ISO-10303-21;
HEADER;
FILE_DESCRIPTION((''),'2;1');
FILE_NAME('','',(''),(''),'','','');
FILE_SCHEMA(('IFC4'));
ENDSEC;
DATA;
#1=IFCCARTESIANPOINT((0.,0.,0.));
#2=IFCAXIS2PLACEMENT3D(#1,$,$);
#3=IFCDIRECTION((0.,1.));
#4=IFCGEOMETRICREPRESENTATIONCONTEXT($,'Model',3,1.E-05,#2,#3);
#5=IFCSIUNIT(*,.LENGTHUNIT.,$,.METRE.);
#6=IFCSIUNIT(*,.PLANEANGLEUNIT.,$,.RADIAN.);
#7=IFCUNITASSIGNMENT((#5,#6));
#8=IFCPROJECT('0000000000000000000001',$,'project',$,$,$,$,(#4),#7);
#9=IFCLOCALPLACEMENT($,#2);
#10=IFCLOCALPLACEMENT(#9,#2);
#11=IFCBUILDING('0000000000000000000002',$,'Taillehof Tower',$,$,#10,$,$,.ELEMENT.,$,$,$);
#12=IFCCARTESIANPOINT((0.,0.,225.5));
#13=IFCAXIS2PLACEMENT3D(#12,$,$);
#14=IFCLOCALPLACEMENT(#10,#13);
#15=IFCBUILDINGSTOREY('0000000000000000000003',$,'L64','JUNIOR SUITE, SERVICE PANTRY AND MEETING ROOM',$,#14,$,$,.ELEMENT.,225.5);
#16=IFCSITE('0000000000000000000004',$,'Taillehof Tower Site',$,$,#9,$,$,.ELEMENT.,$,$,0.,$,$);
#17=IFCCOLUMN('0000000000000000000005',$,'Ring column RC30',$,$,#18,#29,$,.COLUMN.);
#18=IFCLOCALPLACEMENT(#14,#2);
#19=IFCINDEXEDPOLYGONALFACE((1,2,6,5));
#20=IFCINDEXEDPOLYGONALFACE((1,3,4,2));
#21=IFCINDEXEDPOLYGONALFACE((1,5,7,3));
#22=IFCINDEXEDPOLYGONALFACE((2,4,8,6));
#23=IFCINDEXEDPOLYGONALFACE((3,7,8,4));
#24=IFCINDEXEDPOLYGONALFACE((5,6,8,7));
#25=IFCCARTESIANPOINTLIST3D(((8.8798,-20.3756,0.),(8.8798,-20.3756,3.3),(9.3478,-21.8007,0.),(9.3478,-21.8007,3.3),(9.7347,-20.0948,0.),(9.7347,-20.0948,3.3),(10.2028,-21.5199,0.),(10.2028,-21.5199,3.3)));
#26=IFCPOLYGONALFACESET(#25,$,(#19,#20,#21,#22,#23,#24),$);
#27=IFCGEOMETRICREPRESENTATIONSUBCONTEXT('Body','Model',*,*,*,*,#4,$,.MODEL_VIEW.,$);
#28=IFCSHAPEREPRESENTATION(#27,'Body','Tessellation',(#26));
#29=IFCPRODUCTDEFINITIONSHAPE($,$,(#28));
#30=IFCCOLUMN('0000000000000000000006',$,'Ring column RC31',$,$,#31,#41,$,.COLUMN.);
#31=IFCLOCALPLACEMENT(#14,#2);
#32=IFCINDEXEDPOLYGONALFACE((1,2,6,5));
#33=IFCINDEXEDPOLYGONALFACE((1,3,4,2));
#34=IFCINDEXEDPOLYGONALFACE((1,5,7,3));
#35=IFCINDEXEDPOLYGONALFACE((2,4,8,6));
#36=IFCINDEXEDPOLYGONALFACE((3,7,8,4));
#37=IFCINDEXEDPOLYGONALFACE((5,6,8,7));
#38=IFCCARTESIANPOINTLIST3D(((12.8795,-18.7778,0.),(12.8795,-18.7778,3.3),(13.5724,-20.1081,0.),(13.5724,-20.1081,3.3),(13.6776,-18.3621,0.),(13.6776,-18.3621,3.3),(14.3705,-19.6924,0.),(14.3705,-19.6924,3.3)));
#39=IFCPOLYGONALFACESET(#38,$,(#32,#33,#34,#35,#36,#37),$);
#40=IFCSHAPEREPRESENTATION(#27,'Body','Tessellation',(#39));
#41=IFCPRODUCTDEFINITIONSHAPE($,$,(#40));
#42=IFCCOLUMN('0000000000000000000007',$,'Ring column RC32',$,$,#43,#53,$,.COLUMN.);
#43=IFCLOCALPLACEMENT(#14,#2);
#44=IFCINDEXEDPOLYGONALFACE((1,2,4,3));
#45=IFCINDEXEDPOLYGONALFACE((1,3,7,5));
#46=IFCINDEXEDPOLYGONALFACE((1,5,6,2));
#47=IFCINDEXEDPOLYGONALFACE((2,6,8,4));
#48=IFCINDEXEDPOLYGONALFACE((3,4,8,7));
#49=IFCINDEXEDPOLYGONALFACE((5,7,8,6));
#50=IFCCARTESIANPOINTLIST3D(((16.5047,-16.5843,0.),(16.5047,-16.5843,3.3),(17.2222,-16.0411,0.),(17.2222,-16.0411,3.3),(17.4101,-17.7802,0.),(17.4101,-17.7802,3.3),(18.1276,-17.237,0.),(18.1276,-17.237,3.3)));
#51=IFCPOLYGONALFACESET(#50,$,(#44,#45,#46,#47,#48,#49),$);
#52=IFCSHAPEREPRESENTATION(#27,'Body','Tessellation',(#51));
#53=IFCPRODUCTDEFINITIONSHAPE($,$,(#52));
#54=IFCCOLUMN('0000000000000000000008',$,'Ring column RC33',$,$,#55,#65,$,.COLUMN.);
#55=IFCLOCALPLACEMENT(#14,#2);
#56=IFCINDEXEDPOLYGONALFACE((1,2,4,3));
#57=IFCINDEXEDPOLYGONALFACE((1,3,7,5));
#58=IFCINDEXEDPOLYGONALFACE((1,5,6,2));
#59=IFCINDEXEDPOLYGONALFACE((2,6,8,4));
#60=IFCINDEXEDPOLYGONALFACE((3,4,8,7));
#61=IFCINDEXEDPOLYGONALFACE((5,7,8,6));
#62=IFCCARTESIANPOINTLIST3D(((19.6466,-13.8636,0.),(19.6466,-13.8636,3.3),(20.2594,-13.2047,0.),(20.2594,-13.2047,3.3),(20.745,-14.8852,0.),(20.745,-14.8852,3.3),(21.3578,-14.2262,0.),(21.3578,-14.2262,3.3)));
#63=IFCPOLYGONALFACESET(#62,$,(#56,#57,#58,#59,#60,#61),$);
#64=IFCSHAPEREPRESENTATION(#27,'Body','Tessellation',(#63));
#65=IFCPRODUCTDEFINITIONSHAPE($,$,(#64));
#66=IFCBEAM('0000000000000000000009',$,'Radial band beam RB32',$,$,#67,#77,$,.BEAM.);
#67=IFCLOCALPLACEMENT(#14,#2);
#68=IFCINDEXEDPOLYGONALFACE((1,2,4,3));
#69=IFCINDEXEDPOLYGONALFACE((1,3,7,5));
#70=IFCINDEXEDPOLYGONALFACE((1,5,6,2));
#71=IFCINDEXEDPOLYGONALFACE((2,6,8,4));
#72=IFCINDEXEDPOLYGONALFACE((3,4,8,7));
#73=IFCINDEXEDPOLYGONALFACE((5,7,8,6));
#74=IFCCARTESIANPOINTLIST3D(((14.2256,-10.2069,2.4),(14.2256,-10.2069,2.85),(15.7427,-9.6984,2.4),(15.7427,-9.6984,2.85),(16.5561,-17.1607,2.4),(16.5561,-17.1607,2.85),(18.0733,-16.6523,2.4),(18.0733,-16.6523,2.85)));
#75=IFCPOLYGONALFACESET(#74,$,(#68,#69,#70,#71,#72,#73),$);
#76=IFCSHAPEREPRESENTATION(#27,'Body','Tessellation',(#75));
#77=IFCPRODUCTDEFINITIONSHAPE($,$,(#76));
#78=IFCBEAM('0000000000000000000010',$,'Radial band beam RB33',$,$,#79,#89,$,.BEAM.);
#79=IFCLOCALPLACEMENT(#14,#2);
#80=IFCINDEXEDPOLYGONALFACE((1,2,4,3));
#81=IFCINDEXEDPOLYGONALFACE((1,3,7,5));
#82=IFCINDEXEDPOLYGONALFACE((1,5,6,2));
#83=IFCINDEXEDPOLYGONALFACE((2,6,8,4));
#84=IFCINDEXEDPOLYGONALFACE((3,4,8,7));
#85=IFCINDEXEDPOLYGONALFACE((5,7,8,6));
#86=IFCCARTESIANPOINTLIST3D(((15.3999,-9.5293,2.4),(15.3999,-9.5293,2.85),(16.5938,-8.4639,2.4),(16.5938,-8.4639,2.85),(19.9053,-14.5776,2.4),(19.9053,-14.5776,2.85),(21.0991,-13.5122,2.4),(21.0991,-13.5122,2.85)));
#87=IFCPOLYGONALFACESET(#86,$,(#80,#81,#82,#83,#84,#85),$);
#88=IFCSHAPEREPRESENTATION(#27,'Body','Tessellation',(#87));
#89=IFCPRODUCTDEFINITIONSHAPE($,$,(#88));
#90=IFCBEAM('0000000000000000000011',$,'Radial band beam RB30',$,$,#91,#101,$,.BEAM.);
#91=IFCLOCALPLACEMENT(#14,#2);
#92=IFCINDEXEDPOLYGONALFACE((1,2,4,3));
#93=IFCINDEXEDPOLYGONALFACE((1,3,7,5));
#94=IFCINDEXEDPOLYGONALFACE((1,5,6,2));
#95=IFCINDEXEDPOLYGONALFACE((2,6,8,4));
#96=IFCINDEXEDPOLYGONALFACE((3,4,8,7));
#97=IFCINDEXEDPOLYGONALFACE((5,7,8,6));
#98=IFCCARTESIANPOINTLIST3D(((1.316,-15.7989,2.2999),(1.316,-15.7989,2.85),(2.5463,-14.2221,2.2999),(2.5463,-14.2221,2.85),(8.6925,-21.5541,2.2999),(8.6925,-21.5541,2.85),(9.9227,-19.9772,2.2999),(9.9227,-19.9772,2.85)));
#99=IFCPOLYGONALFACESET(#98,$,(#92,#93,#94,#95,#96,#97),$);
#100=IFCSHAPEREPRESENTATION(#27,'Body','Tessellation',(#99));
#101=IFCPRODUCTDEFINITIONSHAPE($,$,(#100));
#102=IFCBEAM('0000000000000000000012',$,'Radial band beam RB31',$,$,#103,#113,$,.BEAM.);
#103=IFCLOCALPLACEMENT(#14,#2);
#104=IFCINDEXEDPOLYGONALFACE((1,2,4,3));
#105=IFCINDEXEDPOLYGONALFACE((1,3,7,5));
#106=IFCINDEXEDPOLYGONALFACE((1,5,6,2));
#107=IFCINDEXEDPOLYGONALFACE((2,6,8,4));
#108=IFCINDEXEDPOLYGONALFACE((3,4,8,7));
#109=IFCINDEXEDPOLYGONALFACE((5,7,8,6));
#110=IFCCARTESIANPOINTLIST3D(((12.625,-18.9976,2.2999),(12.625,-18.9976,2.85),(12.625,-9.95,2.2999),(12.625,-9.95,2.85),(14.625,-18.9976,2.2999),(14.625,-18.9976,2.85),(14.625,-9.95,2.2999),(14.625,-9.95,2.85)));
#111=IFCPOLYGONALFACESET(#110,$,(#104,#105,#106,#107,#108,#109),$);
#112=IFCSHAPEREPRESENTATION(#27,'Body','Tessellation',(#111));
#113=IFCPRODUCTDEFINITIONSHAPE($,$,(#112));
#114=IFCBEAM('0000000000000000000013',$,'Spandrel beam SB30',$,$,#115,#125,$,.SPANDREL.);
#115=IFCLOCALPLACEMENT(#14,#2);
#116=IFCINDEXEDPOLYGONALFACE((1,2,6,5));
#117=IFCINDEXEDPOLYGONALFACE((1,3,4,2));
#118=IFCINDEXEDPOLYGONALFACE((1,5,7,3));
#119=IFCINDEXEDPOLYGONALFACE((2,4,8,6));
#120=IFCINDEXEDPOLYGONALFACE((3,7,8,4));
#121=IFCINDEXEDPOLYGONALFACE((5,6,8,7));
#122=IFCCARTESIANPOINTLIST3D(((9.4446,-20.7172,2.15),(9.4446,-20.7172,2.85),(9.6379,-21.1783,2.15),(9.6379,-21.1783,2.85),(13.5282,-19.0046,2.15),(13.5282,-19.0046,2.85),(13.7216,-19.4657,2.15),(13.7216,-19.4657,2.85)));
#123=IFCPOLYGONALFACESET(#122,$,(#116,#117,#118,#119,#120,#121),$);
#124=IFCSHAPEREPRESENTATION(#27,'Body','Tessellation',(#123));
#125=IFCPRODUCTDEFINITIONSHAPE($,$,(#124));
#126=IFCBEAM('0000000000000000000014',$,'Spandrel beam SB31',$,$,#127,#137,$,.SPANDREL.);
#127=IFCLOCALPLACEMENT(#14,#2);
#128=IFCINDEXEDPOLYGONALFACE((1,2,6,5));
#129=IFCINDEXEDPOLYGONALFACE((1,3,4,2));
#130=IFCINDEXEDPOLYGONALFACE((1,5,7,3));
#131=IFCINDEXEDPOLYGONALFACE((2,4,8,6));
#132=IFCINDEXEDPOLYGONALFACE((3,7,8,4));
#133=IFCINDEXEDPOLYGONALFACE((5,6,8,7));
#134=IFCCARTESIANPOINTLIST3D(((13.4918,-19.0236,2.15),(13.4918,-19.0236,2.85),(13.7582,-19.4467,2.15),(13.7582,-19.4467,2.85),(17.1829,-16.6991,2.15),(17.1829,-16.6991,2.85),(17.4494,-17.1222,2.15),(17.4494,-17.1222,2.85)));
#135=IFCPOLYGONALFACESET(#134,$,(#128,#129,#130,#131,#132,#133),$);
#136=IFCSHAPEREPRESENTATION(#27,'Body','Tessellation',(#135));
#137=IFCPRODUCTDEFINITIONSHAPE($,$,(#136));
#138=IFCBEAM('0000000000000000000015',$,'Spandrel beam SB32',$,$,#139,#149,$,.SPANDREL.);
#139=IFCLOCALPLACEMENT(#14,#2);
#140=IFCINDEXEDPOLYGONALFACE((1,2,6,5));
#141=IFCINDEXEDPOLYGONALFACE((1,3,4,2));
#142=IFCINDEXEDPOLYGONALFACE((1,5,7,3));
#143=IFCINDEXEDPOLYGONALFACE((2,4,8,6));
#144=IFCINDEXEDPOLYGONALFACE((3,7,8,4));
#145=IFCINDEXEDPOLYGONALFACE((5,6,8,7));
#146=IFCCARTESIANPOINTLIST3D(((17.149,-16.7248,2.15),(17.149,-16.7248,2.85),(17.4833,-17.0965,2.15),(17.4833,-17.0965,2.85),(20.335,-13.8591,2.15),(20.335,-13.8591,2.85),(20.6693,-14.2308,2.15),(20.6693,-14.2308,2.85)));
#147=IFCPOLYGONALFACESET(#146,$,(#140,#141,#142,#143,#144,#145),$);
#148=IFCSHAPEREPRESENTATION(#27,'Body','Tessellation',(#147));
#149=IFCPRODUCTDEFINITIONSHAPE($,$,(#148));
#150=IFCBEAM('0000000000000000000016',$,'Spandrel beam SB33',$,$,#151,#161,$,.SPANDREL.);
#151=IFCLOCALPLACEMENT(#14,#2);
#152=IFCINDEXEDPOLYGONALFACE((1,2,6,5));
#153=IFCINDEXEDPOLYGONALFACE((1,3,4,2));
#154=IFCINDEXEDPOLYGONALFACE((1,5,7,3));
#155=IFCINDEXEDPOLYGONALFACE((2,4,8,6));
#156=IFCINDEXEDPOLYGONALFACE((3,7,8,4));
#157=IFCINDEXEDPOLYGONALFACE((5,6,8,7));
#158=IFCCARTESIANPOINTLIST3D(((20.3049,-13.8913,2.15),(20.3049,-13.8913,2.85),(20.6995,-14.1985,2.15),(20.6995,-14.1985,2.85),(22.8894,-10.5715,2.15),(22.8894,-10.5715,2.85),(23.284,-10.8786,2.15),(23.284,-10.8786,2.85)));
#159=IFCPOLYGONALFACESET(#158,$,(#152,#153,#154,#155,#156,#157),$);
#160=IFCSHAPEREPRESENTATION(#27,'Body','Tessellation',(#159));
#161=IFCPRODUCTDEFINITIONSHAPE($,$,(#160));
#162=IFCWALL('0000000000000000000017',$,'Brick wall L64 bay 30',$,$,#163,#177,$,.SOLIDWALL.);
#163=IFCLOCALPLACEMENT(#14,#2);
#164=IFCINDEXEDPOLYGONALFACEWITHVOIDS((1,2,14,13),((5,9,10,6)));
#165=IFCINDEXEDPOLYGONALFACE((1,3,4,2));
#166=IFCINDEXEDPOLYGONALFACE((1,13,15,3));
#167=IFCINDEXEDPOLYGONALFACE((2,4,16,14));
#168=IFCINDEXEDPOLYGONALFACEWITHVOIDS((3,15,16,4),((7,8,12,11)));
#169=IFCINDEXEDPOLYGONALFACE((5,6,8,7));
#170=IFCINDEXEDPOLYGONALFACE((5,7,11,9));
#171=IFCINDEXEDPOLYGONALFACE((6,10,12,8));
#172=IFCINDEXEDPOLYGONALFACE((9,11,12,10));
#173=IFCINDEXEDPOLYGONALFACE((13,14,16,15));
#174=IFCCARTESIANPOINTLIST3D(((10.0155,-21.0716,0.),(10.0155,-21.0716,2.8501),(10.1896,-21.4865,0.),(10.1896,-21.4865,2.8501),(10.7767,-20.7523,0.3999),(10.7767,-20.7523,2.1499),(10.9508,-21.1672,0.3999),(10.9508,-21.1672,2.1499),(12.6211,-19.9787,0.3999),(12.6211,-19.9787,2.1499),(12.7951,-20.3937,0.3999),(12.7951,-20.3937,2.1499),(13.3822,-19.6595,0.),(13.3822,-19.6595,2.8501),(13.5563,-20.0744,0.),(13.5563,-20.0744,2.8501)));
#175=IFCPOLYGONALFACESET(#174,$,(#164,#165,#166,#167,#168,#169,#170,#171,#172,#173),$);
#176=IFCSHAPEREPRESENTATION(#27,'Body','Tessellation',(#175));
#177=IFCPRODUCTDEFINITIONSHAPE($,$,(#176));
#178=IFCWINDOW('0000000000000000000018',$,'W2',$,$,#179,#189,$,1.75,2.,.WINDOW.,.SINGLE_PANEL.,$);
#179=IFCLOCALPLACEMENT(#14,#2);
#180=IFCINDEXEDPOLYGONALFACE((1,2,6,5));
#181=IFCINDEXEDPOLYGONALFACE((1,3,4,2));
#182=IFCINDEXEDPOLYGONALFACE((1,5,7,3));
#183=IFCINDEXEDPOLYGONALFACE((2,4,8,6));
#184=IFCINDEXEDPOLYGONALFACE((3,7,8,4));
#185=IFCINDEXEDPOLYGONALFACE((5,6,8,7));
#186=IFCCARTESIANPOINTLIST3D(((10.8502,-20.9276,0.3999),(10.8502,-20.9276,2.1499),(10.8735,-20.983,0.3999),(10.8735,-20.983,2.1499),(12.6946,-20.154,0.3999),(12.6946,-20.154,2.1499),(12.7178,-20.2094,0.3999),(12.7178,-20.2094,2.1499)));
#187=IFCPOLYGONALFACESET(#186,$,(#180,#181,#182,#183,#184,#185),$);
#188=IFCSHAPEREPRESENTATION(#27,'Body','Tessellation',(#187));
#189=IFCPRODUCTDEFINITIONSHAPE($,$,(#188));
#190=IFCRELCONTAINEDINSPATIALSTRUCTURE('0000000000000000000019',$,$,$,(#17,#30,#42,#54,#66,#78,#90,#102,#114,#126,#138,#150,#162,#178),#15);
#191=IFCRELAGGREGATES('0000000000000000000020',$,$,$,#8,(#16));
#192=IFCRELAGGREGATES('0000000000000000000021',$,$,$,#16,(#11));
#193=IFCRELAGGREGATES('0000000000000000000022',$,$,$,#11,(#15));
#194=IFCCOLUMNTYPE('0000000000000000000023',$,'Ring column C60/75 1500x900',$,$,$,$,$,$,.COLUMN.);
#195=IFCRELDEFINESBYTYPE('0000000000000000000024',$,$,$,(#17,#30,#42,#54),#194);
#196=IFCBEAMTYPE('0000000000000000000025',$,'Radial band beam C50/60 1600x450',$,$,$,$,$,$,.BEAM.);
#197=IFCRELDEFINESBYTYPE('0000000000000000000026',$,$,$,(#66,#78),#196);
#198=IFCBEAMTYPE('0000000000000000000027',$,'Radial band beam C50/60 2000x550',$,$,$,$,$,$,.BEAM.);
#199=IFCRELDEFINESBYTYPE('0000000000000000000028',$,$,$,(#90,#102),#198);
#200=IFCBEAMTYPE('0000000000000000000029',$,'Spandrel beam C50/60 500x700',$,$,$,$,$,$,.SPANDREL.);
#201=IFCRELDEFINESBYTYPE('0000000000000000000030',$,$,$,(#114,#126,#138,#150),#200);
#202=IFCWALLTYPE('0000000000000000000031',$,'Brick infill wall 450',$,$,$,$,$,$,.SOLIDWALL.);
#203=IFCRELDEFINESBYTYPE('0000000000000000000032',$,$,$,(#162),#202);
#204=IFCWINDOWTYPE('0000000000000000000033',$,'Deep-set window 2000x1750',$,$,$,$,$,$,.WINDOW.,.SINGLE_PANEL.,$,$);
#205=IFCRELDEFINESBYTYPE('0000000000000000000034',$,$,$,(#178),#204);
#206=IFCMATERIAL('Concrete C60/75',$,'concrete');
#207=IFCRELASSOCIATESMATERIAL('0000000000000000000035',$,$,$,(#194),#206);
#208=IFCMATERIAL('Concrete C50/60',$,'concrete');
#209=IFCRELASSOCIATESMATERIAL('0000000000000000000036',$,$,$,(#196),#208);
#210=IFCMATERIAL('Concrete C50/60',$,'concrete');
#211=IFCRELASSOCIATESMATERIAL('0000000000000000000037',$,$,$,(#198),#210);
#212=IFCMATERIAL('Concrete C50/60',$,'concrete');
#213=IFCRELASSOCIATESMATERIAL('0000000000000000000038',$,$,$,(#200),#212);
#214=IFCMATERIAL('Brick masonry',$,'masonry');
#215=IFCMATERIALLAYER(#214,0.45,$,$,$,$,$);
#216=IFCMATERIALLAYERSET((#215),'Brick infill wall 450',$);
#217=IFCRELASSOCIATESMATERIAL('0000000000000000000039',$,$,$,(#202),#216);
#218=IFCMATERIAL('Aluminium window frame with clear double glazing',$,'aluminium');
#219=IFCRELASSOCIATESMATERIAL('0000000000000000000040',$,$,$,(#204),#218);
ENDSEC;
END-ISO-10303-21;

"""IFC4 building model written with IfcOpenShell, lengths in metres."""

from ifc_helpers import new_model, si_unit, direction, frame, frame_2d, origin, origin_2d, place, context, subcontext, project, spatial, rectangle, extrude, material, layer, layer_set, material_profile, profile_set, type_object, element, fill, save


model = new_model("IFC4")

# Units and contexts
model_context = context("Model", 3, precision=1e-05, world=origin(), true_north=direction((0.0, 1.0)))
body_context = subcontext(model_context, "Body", "Model", "MODEL_VIEW")
ifc_project = project(units=[si_unit("LENGTHUNIT", "METRE"), si_unit("PLANEANGLEUNIT", "RADIAN")], contexts=[model_context])

# Site, building, storey
site_placement = place(None, origin())
site = spatial("IfcSite", under=ifc_project, at=site_placement, Name="Taillehof Tower Site", CompositionType="ELEMENT", RefElevation=0.0)
building_placement = place(site_placement, origin())
building = spatial("IfcBuilding", under=site, at=building_placement, Name="Taillehof Tower", CompositionType="ELEMENT")
storey_placement = place(building_placement, frame((0.0, 0.0, 225.5)))
storey = spatial("IfcBuildingStorey", under=building, at=storey_placement, Name="L64", Description="JUNIOR SUITE, SERVICE PANTRY AND MEETING ROOM", CompositionType="ELEMENT", Elevation=225.5)

# Columns
ifc_material_1 = material(Name="Concrete C60/75", Category="concrete")
ifc_material_profile_1 = material_profile(ifc_material_1, rectangle(XDim=1.5, YDim=0.8999, at=origin_2d()), Name="RC 1500x900")
ifc_profile_set_1 = profile_set([ifc_material_profile_1], Name="Concrete C60/75")
column_type = type_object("IfcColumnType", Name="Ring column C60/75 1500x900", PredefinedType="COLUMN", material=ifc_profile_set_1)
for number, where, z_axis, x_axis, name in (
    (1, (9.5413, -20.9478, 0.0), (0.0, 0.0, 1.0), (0.312001, -0.950082, 0.0), "Ring column RC30"),
    (2, (13.625, -19.2351, 0.0), (0.0, 0.0, 1.0), (0.461993, -0.886883, 0.0), "Ring column RC31"),
    (3, (17.3162, -16.9106, 0.0), (0.0, 0.0, 1.0), (0.603608, -0.797281, 0.0), "Ring column RC32"),
    (4, (20.5022, -14.0449, 0.0), (0.0, 0.0, 1.0), (0.732271, -0.681013, 0.0), "Ring column RC33"),
):
    element("IfcColumn", number, at=place(storey_placement, frame(where, z_axis=z_axis, x_axis=x_axis)), inside=storey, type_object=column_type, Name=name, PredefinedType="COLUMN", context=body_context, shape_type="SweptSolid", body=[
        extrude(rectangle(XDim=1.5, YDim=0.8999, at=origin_2d()), origin(), (0.0, 0.0, 1.0), 3.3),
    ])

# Beams
ifc_material_2 = material(Name="Concrete C50/60", Category="concrete")
ifc_material_profile_2 = material_profile(ifc_material_2, rectangle(XDim=1.6001, YDim=0.45, at=origin_2d()), Name="RC 1600x450")
ifc_profile_set_2 = profile_set([ifc_material_profile_2], Name="Concrete C50/60")
beam_type_1 = type_object("IfcBeamType", Name="Radial band beam C50/60 1600x450", PredefinedType="BEAM", material=ifc_profile_set_2)
beam_1_placement = place(storey_placement, frame((17.3147, -16.9065, 2.625), z_axis=(-0.317775, 0.948166, 0.0), x_axis=(-0.948166, -0.317775, 0.0)))
element("IfcBeam", 5, at=beam_1_placement, inside=storey, type_object=beam_type_1, Name="Radial band beam RB32", PredefinedType="BEAM", context=body_context, shape_type="SweptSolid", body=[
    extrude(rectangle(XDim=1.6001, YDim=0.45, at=origin_2d()), origin(), (0.0, 0.0, 1.0), 7.334),
])
beam_2_placement = place(storey_placement, frame((20.5022, -14.0449, 2.625), z_axis=(-0.665845, 0.74609, 0.0), x_axis=(-0.74609, -0.665845, 0.0)))
element("IfcBeam", 6, at=beam_2_placement, inside=storey, type_object=beam_type_1, Name="Radial band beam RB33", PredefinedType="BEAM", context=body_context, shape_type="SweptSolid", body=[
    extrude(rectangle(XDim=1.6001, YDim=0.45, at=origin_2d()), origin(), (0.0, 0.0, 1.0), 6.7664),
])
ifc_material_3 = material(Name="Concrete C50/60", Category="concrete")
ifc_material_profile_3 = material_profile(ifc_material_3, rectangle(XDim=2.0, YDim=0.55, at=origin_2d()), Name="RC 2000x550")
ifc_profile_set_3 = profile_set([ifc_material_profile_3], Name="Concrete C50/60")
beam_type_2 = type_object("IfcBeamType", Name="Radial band beam C50/60 2000x550", PredefinedType="BEAM", material=ifc_profile_set_3)
beam_3_placement = place(storey_placement, frame((9.3076, -20.7656, 2.575), z_axis=(-0.788425, 0.61513, 0.0), x_axis=(-0.61513, -0.788425, 0.0)))
element("IfcBeam", 7, at=beam_3_placement, inside=storey, type_object=beam_type_2, Name="Radial band beam RB30", PredefinedType="BEAM", context=body_context, shape_type="SweptSolid", body=[
    extrude(rectangle(XDim=2.0, YDim=0.55, at=origin_2d()), origin(), (0.0, 0.0, 1.0), 9.356),
])
beam_4_placement = place(storey_placement, frame((13.625, -18.9976, 2.575), z_axis=(0.0, 1.0, 0.0), x_axis=(-1.0, 0.0, 0.0)))
element("IfcBeam", 8, at=beam_4_placement, inside=storey, type_object=beam_type_2, Name="Radial band beam RB31", PredefinedType="BEAM", context=body_context, shape_type="SweptSolid", body=[
    extrude(rectangle(XDim=2.0, YDim=0.55, at=origin_2d()), origin(), (0.0, 0.0, 1.0), 9.0476),
])
ifc_material_4 = material(Name="Concrete C50/60", Category="concrete")
ifc_material_profile_4 = material_profile(ifc_material_4, rectangle(XDim=0.5, YDim=0.7, at=origin_2d()), Name="RC 500x700")
ifc_profile_set_4 = profile_set([ifc_material_profile_4], Name="Concrete C50/60")
beam_type_3 = type_object("IfcBeamType", Name="Spandrel beam C50/60 500x700", PredefinedType="SPANDREL", material=ifc_profile_set_4)
beam_5_placement = place(storey_placement, frame((9.5413, -20.9478, 2.5), z_axis=(0.922186, 0.386748, 0.0), x_axis=(-0.386748, 0.922186, 0.0)))
element("IfcBeam", 9, at=beam_5_placement, inside=storey, type_object=beam_type_3, Name="Spandrel beam SB30", PredefinedType="SPANDREL", context=body_context, shape_type="SweptSolid", body=[
    extrude(rectangle(XDim=0.5, YDim=0.7, at=origin_2d()), origin(), (0.0, 0.0, 1.0), 4.4282),
])
beam_6_placement = place(storey_placement, frame((13.625, -19.2351, 2.5), z_axis=(0.846192, 0.532879, 0.0), x_axis=(-0.532879, 0.846192, 0.0)))
element("IfcBeam", 10, at=beam_6_placement, inside=storey, type_object=beam_type_3, Name="Spandrel beam SB31", PredefinedType="SPANDREL", context=body_context, shape_type="SweptSolid", body=[
    extrude(rectangle(XDim=0.5, YDim=0.7, at=origin_2d()), origin(), (0.0, 0.0, 1.0), 4.3621),
])
beam_7_placement = place(storey_placement, frame((17.3162, -16.9106, 2.5), z_axis=(0.743492, 0.668744, 0.0), x_axis=(-0.668744, 0.743492, 0.0)))
element("IfcBeam", 11, at=beam_7_placement, inside=storey, type_object=beam_type_3, Name="Spandrel beam SB32", PredefinedType="SPANDREL", context=body_context, shape_type="SweptSolid", body=[
    extrude(rectangle(XDim=0.5, YDim=0.7, at=origin_2d()), origin(), (0.0, 0.0, 1.0), 4.2852),
])
beam_8_placement = place(storey_placement, frame((20.5022, -14.0449, 2.5), z_axis=(0.614294, 0.789077, 0.0), x_axis=(-0.789077, 0.614294, 0.0)))
element("IfcBeam", 12, at=beam_8_placement, inside=storey, type_object=beam_type_3, Name="Spandrel beam SB33", PredefinedType="SPANDREL", context=body_context, shape_type="SweptSolid", body=[
    extrude(rectangle(XDim=0.5, YDim=0.7, at=origin_2d()), origin(), (0.0, 0.0, 1.0), 4.2073),
])

# Wall, opening, window
ifc_material_5 = material(Name="Brick masonry", Category="masonry")
ifc_layer_1 = layer(ifc_material_5, 0.45)
ifc_layer_set_1 = layer_set([ifc_layer_1], Name="Brick infill wall 450")
wall_type_1 = type_object("IfcWallType", Name="Brick infill wall 450", PredefinedType="SOLIDWALL", material=ifc_layer_set_1)
wall_1_placement = place(storey_placement, frame((10.1025, -21.2791, 0.0), z_axis=(0.0, 0.0, 1.0), x_axis=(0.922168, 0.386789, 0.0)))
wall_1 = element("IfcWall", 13, at=wall_1_placement, inside=storey, type_object=wall_type_1, Name="Brick wall L64 bay 30", PredefinedType="SOLIDWALL", context=body_context, shape_type="SweptSolid", body=[
    extrude(rectangle(XDim=3.6509, YDim=0.45, at=frame_2d((1.8254, 0.0))), origin(), (0.0, 0.0, 1.0), 2.8501),
])
opening_1_placement = place(wall_1_placement, frame((0.8254, 0.0, 0.3999)))
opening_1 = element("IfcOpeningElement", 14, at=opening_1_placement, cuts=wall_1, PredefinedType="OPENING", context=body_context, shape_type="SweptSolid", body=[
    extrude(rectangle(XDim=2.0, YDim=1.75, at=frame_2d((1.0, 0.875))), frame((0.0, 0.2349, 0.0), z_axis=(0.0, -1.0, 0.0), x_axis=(1.0, 0.0, 0.0)), (0.0, 0.0, 1.0), 0.47),
])
ifc_material_6 = material(Name="Aluminium window frame with clear double glazing", Category="aluminium")
window_type = type_object("IfcWindowType", Name="Deep-set window 2000x1750", PartitioningType="SINGLE_PANEL", PredefinedType="WINDOW", material=ifc_material_6)
window_1_placement = place(opening_1_placement, origin())
window_1 = element("IfcWindow", 15, at=window_1_placement, inside=storey, type_object=window_type, Name="W2", OverallHeight=1.75, OverallWidth=2.0, PartitioningType="SINGLE_PANEL", PredefinedType="WINDOW", context=body_context, shape_type="SweptSolid", body=[
    extrude(rectangle(XDim=2.0, YDim=1.75, at=frame_2d((1.0, 0.875))), frame((0.0, 0.0349, 0.0), z_axis=(0.0, -1.0, 0.0), x_axis=(1.0, 0.0, 0.0)), (0.0, 0.0, 1.0), 0.0601),
])
fill(opening_1, window_1)

save(model, "model.ifc")
